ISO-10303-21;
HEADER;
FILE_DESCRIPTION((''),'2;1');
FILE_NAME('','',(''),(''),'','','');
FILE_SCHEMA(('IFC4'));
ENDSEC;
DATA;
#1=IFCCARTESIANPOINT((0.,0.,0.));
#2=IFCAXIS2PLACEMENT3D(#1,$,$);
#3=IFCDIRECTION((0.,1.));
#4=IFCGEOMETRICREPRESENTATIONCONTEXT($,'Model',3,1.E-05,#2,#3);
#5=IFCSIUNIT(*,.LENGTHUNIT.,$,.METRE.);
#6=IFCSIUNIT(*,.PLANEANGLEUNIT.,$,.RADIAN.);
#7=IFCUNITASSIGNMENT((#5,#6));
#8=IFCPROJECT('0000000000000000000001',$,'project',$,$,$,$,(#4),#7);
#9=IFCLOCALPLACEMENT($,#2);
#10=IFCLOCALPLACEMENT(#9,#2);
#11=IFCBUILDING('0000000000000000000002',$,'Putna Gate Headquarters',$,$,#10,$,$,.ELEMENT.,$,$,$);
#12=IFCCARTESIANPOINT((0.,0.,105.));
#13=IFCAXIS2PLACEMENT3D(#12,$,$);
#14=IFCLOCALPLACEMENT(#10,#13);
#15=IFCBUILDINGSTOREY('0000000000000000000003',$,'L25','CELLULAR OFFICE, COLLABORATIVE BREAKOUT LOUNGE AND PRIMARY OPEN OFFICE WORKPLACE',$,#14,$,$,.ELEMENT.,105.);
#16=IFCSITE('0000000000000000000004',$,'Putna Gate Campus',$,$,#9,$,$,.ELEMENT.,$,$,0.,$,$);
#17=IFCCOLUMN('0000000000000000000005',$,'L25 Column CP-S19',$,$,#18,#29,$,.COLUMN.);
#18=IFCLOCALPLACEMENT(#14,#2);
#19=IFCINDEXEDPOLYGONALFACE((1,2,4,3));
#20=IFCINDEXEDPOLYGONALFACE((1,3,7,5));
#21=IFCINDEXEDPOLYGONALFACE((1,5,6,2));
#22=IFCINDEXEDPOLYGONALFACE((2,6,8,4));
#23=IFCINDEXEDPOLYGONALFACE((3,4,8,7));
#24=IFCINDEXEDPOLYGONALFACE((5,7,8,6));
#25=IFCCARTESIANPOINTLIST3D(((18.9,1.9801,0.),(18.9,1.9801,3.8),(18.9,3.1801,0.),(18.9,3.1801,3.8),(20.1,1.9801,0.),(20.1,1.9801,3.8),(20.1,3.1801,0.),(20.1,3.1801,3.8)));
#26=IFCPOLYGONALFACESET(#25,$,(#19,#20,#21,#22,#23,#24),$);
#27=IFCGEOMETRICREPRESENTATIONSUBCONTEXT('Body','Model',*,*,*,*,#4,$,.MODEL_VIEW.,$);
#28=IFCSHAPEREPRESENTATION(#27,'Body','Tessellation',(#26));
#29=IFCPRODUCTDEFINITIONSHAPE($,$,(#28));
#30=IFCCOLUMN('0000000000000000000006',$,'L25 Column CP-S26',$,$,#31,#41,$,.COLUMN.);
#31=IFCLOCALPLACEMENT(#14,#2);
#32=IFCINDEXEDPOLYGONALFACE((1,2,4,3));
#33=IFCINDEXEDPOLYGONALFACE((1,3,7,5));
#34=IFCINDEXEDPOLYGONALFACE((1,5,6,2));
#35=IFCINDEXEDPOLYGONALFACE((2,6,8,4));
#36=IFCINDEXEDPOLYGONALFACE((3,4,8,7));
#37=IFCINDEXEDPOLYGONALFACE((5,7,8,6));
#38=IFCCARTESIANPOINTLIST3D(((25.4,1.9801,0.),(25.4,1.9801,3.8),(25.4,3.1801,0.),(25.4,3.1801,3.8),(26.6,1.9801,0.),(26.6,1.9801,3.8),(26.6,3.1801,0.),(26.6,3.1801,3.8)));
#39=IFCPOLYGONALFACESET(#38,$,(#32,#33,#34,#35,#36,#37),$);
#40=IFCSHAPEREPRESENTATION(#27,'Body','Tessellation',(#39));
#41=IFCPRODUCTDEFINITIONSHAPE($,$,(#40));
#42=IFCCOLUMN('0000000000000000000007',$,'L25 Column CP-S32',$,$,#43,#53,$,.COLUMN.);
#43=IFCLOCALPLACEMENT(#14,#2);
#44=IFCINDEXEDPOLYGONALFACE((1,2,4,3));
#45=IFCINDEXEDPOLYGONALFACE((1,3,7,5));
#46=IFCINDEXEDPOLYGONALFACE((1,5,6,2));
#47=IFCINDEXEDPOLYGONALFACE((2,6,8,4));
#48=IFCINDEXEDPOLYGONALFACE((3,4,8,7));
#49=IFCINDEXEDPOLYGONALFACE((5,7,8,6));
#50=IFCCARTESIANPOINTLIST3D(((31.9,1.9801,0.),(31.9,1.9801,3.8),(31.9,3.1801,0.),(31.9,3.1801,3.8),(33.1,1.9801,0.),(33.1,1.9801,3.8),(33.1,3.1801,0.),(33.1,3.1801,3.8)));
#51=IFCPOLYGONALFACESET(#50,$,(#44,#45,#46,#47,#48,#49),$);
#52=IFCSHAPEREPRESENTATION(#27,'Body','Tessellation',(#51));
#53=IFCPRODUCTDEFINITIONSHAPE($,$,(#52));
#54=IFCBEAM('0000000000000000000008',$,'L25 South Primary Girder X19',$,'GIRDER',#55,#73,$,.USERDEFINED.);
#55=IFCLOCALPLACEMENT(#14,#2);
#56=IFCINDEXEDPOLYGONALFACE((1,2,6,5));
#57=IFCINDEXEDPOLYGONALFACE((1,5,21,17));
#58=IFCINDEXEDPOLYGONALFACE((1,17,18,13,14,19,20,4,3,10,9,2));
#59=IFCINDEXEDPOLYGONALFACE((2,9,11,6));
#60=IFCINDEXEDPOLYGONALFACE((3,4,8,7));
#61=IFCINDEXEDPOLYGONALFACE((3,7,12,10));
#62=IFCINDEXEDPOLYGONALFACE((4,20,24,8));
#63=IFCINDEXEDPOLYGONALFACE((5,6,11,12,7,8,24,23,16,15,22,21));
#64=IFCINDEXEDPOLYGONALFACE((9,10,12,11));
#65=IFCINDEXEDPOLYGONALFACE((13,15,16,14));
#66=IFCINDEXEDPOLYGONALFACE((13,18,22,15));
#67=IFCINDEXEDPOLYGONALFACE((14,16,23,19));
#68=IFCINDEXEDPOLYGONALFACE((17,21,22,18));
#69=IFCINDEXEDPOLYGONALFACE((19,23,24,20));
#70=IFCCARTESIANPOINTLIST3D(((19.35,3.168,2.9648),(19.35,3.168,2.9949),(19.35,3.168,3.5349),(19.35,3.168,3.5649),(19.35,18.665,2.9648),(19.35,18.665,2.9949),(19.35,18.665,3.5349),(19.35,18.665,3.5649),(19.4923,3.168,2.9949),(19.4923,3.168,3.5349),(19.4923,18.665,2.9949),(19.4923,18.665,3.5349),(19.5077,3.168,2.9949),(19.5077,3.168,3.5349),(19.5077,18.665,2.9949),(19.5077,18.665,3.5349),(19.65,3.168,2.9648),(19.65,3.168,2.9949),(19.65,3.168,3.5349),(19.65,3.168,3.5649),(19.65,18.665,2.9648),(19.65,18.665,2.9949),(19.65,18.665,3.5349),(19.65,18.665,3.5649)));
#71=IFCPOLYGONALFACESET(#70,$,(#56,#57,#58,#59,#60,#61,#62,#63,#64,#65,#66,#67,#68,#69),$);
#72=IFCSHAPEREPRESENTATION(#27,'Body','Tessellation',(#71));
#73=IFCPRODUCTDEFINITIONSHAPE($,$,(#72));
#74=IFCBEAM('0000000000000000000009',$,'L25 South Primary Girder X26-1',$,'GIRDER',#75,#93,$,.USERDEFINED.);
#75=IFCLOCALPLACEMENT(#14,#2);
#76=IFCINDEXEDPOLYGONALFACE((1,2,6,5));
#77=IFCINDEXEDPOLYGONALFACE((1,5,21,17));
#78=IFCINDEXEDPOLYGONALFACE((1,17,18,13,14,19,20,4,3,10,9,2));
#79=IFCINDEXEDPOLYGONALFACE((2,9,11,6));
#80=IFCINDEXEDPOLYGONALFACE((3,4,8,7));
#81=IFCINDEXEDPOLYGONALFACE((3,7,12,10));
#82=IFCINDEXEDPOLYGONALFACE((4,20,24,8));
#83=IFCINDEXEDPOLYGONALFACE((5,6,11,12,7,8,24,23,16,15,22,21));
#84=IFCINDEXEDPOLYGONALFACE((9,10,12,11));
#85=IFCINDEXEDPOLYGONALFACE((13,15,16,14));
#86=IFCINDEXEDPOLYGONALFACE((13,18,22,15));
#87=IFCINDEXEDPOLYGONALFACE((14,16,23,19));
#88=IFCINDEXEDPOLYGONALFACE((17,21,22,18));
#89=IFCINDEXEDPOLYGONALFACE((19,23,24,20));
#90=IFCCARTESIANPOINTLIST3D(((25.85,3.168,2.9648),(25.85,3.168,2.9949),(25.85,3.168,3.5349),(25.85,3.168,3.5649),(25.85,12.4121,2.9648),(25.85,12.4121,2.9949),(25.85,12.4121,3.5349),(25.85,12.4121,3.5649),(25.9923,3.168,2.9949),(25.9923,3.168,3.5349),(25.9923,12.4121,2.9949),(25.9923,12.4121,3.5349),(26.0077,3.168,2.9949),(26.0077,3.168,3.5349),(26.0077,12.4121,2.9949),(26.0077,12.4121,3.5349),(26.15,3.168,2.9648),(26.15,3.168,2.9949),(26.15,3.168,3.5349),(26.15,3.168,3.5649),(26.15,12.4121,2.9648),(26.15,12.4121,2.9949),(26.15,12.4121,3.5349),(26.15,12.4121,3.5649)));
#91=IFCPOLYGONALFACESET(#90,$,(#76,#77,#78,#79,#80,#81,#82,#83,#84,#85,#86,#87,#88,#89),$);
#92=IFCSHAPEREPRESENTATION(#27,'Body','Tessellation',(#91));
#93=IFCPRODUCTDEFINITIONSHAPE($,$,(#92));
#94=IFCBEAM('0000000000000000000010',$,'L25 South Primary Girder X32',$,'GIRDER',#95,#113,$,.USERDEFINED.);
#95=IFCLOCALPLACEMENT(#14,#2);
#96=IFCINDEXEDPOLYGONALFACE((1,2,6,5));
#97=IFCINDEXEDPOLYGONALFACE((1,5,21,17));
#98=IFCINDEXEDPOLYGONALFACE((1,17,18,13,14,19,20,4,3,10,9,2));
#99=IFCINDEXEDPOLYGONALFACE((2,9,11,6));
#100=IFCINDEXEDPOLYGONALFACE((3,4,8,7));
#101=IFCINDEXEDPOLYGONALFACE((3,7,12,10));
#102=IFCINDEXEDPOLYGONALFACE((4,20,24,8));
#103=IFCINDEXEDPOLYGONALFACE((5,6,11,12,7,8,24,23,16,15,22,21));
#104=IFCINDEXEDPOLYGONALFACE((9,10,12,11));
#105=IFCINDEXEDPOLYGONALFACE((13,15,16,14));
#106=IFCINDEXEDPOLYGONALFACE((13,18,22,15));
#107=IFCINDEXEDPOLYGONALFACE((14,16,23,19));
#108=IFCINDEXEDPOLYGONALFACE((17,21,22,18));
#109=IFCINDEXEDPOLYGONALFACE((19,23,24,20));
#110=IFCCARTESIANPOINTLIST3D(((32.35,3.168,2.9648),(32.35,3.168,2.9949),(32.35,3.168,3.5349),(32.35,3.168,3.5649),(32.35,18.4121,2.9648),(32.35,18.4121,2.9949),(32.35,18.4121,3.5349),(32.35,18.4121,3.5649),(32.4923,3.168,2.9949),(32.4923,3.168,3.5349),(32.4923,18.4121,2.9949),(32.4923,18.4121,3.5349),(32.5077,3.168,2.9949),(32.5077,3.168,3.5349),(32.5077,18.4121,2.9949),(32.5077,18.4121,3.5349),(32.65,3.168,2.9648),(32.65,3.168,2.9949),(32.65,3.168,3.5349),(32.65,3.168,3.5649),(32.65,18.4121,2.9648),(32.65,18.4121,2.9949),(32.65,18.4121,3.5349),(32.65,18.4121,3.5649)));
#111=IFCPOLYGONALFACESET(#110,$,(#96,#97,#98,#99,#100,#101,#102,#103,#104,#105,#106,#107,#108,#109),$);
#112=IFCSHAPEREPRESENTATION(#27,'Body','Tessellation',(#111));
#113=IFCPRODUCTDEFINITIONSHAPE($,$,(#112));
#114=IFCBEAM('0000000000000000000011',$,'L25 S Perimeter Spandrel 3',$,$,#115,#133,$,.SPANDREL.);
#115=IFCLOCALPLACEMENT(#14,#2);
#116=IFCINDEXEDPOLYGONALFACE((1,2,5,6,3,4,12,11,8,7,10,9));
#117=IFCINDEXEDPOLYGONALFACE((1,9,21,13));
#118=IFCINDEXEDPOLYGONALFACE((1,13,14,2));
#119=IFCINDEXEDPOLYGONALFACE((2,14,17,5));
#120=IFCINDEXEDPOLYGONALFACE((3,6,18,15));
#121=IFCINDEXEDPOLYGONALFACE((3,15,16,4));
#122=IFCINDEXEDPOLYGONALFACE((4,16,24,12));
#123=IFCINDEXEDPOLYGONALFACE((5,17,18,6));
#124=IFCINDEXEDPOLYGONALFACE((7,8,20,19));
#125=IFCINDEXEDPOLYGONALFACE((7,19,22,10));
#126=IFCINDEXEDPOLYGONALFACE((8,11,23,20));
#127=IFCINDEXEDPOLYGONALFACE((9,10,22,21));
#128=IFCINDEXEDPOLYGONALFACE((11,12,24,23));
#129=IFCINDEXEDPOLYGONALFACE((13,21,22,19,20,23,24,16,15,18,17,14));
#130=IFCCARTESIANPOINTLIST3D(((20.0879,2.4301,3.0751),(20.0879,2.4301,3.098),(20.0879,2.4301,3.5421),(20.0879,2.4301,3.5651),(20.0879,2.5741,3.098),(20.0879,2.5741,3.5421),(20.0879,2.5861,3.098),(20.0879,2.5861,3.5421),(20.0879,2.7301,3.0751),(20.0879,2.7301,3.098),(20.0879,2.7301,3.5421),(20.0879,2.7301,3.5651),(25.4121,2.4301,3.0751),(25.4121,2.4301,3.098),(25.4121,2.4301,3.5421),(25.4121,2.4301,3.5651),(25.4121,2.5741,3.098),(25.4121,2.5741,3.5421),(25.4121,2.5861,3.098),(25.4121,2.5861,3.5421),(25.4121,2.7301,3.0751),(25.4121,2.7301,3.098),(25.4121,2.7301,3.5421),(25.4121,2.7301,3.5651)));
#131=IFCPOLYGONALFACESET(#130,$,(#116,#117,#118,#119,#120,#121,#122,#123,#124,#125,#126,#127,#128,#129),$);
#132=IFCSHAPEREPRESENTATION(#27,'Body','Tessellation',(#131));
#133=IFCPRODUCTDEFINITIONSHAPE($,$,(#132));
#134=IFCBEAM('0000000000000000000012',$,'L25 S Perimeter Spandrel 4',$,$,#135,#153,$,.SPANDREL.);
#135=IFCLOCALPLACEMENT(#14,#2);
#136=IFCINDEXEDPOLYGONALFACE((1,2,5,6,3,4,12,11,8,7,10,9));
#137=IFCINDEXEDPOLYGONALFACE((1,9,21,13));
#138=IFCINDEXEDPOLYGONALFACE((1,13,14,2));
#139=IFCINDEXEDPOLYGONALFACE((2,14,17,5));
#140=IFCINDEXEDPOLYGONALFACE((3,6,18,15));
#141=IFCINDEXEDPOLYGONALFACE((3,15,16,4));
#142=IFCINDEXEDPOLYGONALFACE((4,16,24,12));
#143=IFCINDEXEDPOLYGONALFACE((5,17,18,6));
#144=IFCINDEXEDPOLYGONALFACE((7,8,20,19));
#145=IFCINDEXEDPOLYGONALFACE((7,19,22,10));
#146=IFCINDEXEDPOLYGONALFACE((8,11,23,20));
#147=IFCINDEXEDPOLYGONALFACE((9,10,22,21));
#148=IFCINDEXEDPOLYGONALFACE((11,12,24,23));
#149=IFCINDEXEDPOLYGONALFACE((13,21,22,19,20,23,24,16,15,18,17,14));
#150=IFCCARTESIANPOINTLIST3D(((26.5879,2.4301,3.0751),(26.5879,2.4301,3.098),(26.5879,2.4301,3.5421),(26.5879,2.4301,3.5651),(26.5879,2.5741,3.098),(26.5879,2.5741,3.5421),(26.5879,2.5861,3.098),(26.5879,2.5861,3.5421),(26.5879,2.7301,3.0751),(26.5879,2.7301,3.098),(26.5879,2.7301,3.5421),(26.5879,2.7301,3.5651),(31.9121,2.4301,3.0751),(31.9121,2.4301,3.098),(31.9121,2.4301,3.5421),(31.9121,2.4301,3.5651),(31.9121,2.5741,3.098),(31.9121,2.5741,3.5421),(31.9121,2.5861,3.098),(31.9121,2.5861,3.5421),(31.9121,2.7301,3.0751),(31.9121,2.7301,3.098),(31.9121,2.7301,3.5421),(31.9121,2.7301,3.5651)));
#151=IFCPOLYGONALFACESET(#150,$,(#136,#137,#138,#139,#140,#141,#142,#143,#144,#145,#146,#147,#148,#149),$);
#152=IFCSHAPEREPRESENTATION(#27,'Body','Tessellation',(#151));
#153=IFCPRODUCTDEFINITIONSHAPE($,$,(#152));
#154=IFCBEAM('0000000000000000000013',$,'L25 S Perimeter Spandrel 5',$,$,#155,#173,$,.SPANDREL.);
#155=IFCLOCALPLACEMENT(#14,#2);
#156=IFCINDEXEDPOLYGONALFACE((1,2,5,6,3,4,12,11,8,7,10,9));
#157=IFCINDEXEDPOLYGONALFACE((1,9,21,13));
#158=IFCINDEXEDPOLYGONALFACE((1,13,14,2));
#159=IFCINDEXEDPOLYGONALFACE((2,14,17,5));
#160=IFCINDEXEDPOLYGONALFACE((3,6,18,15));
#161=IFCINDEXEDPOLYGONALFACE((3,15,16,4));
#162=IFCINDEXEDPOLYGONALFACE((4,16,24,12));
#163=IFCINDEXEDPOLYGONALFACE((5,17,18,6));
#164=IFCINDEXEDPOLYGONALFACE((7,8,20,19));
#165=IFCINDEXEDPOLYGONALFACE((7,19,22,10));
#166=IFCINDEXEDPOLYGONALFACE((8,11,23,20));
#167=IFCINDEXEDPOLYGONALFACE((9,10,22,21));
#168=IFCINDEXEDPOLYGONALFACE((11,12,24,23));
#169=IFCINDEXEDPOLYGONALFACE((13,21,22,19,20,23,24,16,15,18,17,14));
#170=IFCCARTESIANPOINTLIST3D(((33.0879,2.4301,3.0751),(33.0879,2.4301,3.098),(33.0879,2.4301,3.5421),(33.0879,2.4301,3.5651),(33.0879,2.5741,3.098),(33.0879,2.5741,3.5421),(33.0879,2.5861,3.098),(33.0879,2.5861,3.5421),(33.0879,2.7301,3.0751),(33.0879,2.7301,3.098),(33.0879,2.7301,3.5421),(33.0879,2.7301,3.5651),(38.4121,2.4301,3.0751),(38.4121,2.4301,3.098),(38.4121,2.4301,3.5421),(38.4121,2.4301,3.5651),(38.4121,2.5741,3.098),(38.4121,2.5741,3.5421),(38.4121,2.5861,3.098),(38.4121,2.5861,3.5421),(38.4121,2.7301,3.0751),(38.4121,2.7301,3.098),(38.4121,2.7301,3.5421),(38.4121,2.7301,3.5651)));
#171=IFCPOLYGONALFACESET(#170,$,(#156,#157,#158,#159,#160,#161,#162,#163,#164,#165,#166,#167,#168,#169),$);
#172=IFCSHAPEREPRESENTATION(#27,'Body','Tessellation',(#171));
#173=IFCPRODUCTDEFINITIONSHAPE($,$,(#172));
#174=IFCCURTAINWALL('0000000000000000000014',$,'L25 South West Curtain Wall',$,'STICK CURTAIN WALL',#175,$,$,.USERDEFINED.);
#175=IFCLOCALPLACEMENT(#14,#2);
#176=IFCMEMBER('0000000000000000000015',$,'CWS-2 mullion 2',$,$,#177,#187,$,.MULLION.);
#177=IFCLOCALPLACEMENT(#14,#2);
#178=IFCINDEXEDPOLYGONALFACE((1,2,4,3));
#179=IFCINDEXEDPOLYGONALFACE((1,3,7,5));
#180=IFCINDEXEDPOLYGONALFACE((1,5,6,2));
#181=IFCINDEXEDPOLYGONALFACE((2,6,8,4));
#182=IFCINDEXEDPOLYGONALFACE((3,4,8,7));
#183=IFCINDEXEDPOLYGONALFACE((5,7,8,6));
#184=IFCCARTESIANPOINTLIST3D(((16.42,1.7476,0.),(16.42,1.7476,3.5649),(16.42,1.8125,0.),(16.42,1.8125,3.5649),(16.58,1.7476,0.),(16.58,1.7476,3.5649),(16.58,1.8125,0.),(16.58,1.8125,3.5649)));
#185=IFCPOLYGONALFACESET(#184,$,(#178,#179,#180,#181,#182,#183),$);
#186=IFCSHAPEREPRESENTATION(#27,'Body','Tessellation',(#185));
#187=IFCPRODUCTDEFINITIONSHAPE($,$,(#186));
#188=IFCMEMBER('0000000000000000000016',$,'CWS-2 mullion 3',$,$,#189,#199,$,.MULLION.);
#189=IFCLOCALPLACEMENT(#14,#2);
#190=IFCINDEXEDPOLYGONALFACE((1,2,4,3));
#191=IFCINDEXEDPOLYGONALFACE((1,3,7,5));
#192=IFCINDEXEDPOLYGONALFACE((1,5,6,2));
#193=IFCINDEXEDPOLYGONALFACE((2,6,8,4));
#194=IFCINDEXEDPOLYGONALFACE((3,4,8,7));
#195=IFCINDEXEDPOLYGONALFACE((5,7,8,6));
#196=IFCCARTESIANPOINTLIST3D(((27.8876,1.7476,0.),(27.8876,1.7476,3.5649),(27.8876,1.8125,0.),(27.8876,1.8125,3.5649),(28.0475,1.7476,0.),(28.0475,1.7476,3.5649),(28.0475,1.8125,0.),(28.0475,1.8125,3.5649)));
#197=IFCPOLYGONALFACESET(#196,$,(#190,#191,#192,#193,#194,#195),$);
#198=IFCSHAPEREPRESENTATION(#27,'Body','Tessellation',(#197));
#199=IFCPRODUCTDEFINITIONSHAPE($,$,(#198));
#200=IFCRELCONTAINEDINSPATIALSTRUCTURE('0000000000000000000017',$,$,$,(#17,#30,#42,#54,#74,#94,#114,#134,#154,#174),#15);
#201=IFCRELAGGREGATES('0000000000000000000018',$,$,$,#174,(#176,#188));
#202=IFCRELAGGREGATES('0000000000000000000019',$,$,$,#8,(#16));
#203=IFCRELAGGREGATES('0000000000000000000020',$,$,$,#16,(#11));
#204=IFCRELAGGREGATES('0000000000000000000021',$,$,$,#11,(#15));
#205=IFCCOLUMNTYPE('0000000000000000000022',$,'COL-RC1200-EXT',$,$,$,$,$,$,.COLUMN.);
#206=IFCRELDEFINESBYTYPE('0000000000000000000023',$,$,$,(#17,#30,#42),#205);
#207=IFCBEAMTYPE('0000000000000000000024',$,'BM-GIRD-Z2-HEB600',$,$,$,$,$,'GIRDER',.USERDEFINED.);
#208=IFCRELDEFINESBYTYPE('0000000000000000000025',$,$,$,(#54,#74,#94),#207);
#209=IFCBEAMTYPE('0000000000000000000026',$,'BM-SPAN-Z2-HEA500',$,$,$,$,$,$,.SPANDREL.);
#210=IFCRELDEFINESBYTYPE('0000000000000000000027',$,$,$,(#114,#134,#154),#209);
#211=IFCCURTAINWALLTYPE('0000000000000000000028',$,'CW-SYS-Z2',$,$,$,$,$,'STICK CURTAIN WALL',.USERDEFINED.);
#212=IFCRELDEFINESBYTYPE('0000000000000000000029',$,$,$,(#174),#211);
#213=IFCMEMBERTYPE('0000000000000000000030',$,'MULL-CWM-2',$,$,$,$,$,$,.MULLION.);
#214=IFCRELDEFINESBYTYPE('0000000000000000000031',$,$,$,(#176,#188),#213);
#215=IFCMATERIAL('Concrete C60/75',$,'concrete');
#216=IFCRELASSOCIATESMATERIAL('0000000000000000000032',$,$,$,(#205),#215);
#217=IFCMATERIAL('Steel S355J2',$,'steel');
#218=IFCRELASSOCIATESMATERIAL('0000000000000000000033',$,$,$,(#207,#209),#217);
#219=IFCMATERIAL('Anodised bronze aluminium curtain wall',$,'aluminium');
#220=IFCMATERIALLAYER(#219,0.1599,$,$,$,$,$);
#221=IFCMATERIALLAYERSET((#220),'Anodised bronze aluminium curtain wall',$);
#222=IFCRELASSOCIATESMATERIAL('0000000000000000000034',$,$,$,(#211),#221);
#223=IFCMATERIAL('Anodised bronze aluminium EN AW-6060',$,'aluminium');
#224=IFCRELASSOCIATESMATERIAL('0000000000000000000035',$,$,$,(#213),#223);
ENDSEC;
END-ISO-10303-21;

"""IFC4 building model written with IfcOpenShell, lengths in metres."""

from ifc_helpers import new_model, si_unit, direction, frame, origin, origin_2d, place, context, subcontext, project, spatial, rectangle, i_section, extrude, material, layer, layer_set, material_profile, profile_set, type_object, element, aggregate, save


model = new_model("IFC4")

# Units and contexts
model_context = context("Model", 3, precision=1e-05, world=origin(), true_north=direction((0.0, 1.0)))
body_context = subcontext(model_context, "Body", "Model", "MODEL_VIEW")
ifc_project = project(units=[si_unit("LENGTHUNIT", "METRE"), si_unit("PLANEANGLEUNIT", "RADIAN")], contexts=[model_context])

# Site, building, storey
site_placement = place(None, origin())
site = spatial("IfcSite", under=ifc_project, at=site_placement, Name="Putna Gate Campus", CompositionType="ELEMENT", RefElevation=0.0)
building_placement = place(site_placement, origin())
building = spatial("IfcBuilding", under=site, at=building_placement, Name="Putna Gate Headquarters", CompositionType="ELEMENT")
storey_placement = place(building_placement, frame((0.0, 0.0, 105.0)))
storey = spatial("IfcBuildingStorey", under=building, at=storey_placement, Name="L25", Description="CELLULAR OFFICE, COLLABORATIVE BREAKOUT LOUNGE AND PRIMARY OPEN OFFICE WORKPLACE", CompositionType="ELEMENT", Elevation=105.0)

# Columns
ifc_material_1 = material(Name="Concrete C60/75", Category="concrete")
ifc_material_profile_1 = material_profile(ifc_material_1, rectangle(XDim=1.2, YDim=1.2, at=origin_2d()), Name="Concrete C60/75")
ifc_profile_set_1 = profile_set([ifc_material_profile_1], Name="Concrete C60/75")
column_type = type_object("IfcColumnType", Name="COL-RC1200-EXT", PredefinedType="COLUMN", material=ifc_profile_set_1)
for number, where, z_axis, x_axis, name in (
    (1, (19.5, 2.5801, 0.0), (0.0, 0.0, 1.0), (1.0, 0.0, 0.0), "L25 Column CP-S19"),
    (2, (26.0, 2.5801, 0.0), (0.0, 0.0, 1.0), (1.0, 0.0, 0.0), "L25 Column CP-S26"),
    (3, (32.5, 2.5801, 0.0), (0.0, 0.0, 1.0), (1.0, 0.0, 0.0), "L25 Column CP-S32"),
):
    element("IfcColumn", number, at=place(storey_placement, frame(where, z_axis=z_axis, x_axis=x_axis)), inside=storey, type_object=column_type, Name=name, PredefinedType="COLUMN", context=body_context, shape_type="SweptSolid", body=[
        extrude(rectangle(XDim=1.2, YDim=1.2, at=origin_2d()), origin(), (0.0, 0.0, 1.0), 3.8),
    ])

# Beams
ifc_material_2 = material(Name="Steel S355J2", Category="steel")
ifc_material_profile_2 = material_profile(ifc_material_2, i_section(OverallWidth=0.3, OverallDepth=0.6001, WebThickness=0.0154, FlangeThickness=0.03, at=origin_2d()), Name="Steel S355J2")
ifc_profile_set_2 = profile_set([ifc_material_profile_2], Name="Steel S355J2")
beam_type_1 = type_object("IfcBeamType", Name="BM-GIRD-Z2-HEB600", ElementType="GIRDER", PredefinedType="USERDEFINED", material=ifc_profile_set_2)
beam_1_placement = place(storey_placement, frame((19.5, 3.168, 3.2649), z_axis=(0.0, 1.0, 0.0), x_axis=(-1.0, 0.0, 0.0)))
element("IfcBeam", 4, at=beam_1_placement, inside=storey, type_object=beam_type_1, Name="L25 South Primary Girder X19", ObjectType="GIRDER", PredefinedType="USERDEFINED", context=body_context, shape_type="SweptSolid", body=[
    extrude(i_section(OverallWidth=0.3, OverallDepth=0.6001, WebThickness=0.0154, FlangeThickness=0.03, at=origin_2d()), origin(), (0.0, 0.0, 1.0), 15.4971),
])
beam_2_placement = place(storey_placement, frame((26.0, 3.168, 3.2649), z_axis=(0.0, 1.0, 0.0), x_axis=(-1.0, 0.0, 0.0)))
element("IfcBeam", 5, at=beam_2_placement, inside=storey, type_object=beam_type_1, Name="L25 South Primary Girder X26-1", ObjectType="GIRDER", PredefinedType="USERDEFINED", context=body_context, shape_type="SweptSolid", body=[
    extrude(i_section(OverallWidth=0.3, OverallDepth=0.6001, WebThickness=0.0154, FlangeThickness=0.03, at=origin_2d()), origin(), (0.0, 0.0, 1.0), 9.2441),
])
beam_3_placement = place(storey_placement, frame((32.5, 3.168, 3.2649), z_axis=(0.0, 1.0, 0.0), x_axis=(-1.0, 0.0, 0.0)))
element("IfcBeam", 6, at=beam_3_placement, inside=storey, type_object=beam_type_1, Name="L25 South Primary Girder X32", ObjectType="GIRDER", PredefinedType="USERDEFINED", context=body_context, shape_type="SweptSolid", body=[
    extrude(i_section(OverallWidth=0.3, OverallDepth=0.6001, WebThickness=0.0154, FlangeThickness=0.03, at=origin_2d()), origin(), (0.0, 0.0, 1.0), 15.2441),
])
ifc_material_profile_3 = material_profile(ifc_material_2, i_section(OverallWidth=0.3, OverallDepth=0.49, WebThickness=0.012, FlangeThickness=0.0229, at=origin_2d()), Name="Steel S355J2")
ifc_profile_set_3 = profile_set([ifc_material_profile_3], Name="Steel S355J2")
beam_type_2 = type_object("IfcBeamType", Name="BM-SPAN-Z2-HEA500", PredefinedType="SPANDREL", material=ifc_profile_set_3)
for number, where, z_axis, x_axis, name in (
    (7, (20.0879, 2.5801, 3.3201), (1.0, 0.0, 0.0), (0.0, 1.0, 0.0), "L25 S Perimeter Spandrel 3"),
    (8, (26.5879, 2.5801, 3.3201), (1.0, 0.0, 0.0), (0.0, 1.0, 0.0), "L25 S Perimeter Spandrel 4"),
    (9, (33.0879, 2.5801, 3.3201), (1.0, 0.0, 0.0), (0.0, 1.0, 0.0), "L25 S Perimeter Spandrel 5"),
):
    element("IfcBeam", number, at=place(storey_placement, frame(where, z_axis=z_axis, x_axis=x_axis)), inside=storey, type_object=beam_type_2, Name=name, PredefinedType="SPANDREL", context=body_context, shape_type="SweptSolid", body=[
        extrude(i_section(OverallWidth=0.3, OverallDepth=0.49, WebThickness=0.012, FlangeThickness=0.0229, at=origin_2d()), origin(), (0.0, 0.0, 1.0), 5.3242),
    ])

# Curtain wall, members
ifc_material_3 = material(Name="Anodised bronze aluminium curtain wall", Category="aluminium")
ifc_layer_1 = layer(ifc_material_3, 0.1599)
ifc_layer_set_1 = layer_set([ifc_layer_1], Name="Anodised bronze aluminium curtain wall")
curtain_wall_type_1 = type_object("IfcCurtainWallType", Name="CW-SYS-Z2", ElementType="STICK CURTAIN WALL", PredefinedType="USERDEFINED", material=ifc_layer_set_1)
curtain_wall_1_placement = place(storey_placement, origin())
curtain_wall_1 = element("IfcCurtainWall", 10, at=curtain_wall_1_placement, inside=storey, type_object=curtain_wall_type_1, Name="L25 South West Curtain Wall", ObjectType="STICK CURTAIN WALL", PredefinedType="USERDEFINED")
ifc_material_4 = material(Name="Anodised bronze aluminium EN AW-6060", Category="aluminium")
ifc_material_profile_4 = material_profile(ifc_material_4, rectangle(XDim=0.0649, YDim=0.1599, at=origin_2d()), Name="Anodised bronze aluminium EN AW-6060")
ifc_profile_set_4 = profile_set([ifc_material_profile_4], Name="Anodised bronze aluminium EN AW-6060")
member_type_1 = type_object("IfcMemberType", Name="MULL-CWM-2", PredefinedType="MULLION", material=ifc_profile_set_4)
member_1_placement = place(storey_placement, frame((16.5, 1.78, 0.0), z_axis=(0.0, 0.0, 1.0), x_axis=(0.0, 1.0, 0.0)))
member_1 = element("IfcMember", 11, at=member_1_placement, type_object=member_type_1, Name="CWS-2 mullion 2", PredefinedType="MULLION", context=body_context, shape_type="SweptSolid", body=[
    extrude(rectangle(XDim=0.0649, YDim=0.1599, at=origin_2d()), origin(), (0.0, 0.0, 1.0), 3.5649),
])
member_2_placement = place(storey_placement, frame((27.9675, 1.78, 0.0), z_axis=(0.0, 0.0, 1.0), x_axis=(0.0, 1.0, 0.0)))
member_2 = element("IfcMember", 12, at=member_2_placement, type_object=member_type_1, Name="CWS-2 mullion 3", PredefinedType="MULLION", context=body_context, shape_type="SweptSolid", body=[
    extrude(rectangle(XDim=0.0649, YDim=0.1599, at=origin_2d()), origin(), (0.0, 0.0, 1.0), 3.5649),
])

aggregate(curtain_wall_1, [member_1, member_2])

save(model, "model.ifc")
